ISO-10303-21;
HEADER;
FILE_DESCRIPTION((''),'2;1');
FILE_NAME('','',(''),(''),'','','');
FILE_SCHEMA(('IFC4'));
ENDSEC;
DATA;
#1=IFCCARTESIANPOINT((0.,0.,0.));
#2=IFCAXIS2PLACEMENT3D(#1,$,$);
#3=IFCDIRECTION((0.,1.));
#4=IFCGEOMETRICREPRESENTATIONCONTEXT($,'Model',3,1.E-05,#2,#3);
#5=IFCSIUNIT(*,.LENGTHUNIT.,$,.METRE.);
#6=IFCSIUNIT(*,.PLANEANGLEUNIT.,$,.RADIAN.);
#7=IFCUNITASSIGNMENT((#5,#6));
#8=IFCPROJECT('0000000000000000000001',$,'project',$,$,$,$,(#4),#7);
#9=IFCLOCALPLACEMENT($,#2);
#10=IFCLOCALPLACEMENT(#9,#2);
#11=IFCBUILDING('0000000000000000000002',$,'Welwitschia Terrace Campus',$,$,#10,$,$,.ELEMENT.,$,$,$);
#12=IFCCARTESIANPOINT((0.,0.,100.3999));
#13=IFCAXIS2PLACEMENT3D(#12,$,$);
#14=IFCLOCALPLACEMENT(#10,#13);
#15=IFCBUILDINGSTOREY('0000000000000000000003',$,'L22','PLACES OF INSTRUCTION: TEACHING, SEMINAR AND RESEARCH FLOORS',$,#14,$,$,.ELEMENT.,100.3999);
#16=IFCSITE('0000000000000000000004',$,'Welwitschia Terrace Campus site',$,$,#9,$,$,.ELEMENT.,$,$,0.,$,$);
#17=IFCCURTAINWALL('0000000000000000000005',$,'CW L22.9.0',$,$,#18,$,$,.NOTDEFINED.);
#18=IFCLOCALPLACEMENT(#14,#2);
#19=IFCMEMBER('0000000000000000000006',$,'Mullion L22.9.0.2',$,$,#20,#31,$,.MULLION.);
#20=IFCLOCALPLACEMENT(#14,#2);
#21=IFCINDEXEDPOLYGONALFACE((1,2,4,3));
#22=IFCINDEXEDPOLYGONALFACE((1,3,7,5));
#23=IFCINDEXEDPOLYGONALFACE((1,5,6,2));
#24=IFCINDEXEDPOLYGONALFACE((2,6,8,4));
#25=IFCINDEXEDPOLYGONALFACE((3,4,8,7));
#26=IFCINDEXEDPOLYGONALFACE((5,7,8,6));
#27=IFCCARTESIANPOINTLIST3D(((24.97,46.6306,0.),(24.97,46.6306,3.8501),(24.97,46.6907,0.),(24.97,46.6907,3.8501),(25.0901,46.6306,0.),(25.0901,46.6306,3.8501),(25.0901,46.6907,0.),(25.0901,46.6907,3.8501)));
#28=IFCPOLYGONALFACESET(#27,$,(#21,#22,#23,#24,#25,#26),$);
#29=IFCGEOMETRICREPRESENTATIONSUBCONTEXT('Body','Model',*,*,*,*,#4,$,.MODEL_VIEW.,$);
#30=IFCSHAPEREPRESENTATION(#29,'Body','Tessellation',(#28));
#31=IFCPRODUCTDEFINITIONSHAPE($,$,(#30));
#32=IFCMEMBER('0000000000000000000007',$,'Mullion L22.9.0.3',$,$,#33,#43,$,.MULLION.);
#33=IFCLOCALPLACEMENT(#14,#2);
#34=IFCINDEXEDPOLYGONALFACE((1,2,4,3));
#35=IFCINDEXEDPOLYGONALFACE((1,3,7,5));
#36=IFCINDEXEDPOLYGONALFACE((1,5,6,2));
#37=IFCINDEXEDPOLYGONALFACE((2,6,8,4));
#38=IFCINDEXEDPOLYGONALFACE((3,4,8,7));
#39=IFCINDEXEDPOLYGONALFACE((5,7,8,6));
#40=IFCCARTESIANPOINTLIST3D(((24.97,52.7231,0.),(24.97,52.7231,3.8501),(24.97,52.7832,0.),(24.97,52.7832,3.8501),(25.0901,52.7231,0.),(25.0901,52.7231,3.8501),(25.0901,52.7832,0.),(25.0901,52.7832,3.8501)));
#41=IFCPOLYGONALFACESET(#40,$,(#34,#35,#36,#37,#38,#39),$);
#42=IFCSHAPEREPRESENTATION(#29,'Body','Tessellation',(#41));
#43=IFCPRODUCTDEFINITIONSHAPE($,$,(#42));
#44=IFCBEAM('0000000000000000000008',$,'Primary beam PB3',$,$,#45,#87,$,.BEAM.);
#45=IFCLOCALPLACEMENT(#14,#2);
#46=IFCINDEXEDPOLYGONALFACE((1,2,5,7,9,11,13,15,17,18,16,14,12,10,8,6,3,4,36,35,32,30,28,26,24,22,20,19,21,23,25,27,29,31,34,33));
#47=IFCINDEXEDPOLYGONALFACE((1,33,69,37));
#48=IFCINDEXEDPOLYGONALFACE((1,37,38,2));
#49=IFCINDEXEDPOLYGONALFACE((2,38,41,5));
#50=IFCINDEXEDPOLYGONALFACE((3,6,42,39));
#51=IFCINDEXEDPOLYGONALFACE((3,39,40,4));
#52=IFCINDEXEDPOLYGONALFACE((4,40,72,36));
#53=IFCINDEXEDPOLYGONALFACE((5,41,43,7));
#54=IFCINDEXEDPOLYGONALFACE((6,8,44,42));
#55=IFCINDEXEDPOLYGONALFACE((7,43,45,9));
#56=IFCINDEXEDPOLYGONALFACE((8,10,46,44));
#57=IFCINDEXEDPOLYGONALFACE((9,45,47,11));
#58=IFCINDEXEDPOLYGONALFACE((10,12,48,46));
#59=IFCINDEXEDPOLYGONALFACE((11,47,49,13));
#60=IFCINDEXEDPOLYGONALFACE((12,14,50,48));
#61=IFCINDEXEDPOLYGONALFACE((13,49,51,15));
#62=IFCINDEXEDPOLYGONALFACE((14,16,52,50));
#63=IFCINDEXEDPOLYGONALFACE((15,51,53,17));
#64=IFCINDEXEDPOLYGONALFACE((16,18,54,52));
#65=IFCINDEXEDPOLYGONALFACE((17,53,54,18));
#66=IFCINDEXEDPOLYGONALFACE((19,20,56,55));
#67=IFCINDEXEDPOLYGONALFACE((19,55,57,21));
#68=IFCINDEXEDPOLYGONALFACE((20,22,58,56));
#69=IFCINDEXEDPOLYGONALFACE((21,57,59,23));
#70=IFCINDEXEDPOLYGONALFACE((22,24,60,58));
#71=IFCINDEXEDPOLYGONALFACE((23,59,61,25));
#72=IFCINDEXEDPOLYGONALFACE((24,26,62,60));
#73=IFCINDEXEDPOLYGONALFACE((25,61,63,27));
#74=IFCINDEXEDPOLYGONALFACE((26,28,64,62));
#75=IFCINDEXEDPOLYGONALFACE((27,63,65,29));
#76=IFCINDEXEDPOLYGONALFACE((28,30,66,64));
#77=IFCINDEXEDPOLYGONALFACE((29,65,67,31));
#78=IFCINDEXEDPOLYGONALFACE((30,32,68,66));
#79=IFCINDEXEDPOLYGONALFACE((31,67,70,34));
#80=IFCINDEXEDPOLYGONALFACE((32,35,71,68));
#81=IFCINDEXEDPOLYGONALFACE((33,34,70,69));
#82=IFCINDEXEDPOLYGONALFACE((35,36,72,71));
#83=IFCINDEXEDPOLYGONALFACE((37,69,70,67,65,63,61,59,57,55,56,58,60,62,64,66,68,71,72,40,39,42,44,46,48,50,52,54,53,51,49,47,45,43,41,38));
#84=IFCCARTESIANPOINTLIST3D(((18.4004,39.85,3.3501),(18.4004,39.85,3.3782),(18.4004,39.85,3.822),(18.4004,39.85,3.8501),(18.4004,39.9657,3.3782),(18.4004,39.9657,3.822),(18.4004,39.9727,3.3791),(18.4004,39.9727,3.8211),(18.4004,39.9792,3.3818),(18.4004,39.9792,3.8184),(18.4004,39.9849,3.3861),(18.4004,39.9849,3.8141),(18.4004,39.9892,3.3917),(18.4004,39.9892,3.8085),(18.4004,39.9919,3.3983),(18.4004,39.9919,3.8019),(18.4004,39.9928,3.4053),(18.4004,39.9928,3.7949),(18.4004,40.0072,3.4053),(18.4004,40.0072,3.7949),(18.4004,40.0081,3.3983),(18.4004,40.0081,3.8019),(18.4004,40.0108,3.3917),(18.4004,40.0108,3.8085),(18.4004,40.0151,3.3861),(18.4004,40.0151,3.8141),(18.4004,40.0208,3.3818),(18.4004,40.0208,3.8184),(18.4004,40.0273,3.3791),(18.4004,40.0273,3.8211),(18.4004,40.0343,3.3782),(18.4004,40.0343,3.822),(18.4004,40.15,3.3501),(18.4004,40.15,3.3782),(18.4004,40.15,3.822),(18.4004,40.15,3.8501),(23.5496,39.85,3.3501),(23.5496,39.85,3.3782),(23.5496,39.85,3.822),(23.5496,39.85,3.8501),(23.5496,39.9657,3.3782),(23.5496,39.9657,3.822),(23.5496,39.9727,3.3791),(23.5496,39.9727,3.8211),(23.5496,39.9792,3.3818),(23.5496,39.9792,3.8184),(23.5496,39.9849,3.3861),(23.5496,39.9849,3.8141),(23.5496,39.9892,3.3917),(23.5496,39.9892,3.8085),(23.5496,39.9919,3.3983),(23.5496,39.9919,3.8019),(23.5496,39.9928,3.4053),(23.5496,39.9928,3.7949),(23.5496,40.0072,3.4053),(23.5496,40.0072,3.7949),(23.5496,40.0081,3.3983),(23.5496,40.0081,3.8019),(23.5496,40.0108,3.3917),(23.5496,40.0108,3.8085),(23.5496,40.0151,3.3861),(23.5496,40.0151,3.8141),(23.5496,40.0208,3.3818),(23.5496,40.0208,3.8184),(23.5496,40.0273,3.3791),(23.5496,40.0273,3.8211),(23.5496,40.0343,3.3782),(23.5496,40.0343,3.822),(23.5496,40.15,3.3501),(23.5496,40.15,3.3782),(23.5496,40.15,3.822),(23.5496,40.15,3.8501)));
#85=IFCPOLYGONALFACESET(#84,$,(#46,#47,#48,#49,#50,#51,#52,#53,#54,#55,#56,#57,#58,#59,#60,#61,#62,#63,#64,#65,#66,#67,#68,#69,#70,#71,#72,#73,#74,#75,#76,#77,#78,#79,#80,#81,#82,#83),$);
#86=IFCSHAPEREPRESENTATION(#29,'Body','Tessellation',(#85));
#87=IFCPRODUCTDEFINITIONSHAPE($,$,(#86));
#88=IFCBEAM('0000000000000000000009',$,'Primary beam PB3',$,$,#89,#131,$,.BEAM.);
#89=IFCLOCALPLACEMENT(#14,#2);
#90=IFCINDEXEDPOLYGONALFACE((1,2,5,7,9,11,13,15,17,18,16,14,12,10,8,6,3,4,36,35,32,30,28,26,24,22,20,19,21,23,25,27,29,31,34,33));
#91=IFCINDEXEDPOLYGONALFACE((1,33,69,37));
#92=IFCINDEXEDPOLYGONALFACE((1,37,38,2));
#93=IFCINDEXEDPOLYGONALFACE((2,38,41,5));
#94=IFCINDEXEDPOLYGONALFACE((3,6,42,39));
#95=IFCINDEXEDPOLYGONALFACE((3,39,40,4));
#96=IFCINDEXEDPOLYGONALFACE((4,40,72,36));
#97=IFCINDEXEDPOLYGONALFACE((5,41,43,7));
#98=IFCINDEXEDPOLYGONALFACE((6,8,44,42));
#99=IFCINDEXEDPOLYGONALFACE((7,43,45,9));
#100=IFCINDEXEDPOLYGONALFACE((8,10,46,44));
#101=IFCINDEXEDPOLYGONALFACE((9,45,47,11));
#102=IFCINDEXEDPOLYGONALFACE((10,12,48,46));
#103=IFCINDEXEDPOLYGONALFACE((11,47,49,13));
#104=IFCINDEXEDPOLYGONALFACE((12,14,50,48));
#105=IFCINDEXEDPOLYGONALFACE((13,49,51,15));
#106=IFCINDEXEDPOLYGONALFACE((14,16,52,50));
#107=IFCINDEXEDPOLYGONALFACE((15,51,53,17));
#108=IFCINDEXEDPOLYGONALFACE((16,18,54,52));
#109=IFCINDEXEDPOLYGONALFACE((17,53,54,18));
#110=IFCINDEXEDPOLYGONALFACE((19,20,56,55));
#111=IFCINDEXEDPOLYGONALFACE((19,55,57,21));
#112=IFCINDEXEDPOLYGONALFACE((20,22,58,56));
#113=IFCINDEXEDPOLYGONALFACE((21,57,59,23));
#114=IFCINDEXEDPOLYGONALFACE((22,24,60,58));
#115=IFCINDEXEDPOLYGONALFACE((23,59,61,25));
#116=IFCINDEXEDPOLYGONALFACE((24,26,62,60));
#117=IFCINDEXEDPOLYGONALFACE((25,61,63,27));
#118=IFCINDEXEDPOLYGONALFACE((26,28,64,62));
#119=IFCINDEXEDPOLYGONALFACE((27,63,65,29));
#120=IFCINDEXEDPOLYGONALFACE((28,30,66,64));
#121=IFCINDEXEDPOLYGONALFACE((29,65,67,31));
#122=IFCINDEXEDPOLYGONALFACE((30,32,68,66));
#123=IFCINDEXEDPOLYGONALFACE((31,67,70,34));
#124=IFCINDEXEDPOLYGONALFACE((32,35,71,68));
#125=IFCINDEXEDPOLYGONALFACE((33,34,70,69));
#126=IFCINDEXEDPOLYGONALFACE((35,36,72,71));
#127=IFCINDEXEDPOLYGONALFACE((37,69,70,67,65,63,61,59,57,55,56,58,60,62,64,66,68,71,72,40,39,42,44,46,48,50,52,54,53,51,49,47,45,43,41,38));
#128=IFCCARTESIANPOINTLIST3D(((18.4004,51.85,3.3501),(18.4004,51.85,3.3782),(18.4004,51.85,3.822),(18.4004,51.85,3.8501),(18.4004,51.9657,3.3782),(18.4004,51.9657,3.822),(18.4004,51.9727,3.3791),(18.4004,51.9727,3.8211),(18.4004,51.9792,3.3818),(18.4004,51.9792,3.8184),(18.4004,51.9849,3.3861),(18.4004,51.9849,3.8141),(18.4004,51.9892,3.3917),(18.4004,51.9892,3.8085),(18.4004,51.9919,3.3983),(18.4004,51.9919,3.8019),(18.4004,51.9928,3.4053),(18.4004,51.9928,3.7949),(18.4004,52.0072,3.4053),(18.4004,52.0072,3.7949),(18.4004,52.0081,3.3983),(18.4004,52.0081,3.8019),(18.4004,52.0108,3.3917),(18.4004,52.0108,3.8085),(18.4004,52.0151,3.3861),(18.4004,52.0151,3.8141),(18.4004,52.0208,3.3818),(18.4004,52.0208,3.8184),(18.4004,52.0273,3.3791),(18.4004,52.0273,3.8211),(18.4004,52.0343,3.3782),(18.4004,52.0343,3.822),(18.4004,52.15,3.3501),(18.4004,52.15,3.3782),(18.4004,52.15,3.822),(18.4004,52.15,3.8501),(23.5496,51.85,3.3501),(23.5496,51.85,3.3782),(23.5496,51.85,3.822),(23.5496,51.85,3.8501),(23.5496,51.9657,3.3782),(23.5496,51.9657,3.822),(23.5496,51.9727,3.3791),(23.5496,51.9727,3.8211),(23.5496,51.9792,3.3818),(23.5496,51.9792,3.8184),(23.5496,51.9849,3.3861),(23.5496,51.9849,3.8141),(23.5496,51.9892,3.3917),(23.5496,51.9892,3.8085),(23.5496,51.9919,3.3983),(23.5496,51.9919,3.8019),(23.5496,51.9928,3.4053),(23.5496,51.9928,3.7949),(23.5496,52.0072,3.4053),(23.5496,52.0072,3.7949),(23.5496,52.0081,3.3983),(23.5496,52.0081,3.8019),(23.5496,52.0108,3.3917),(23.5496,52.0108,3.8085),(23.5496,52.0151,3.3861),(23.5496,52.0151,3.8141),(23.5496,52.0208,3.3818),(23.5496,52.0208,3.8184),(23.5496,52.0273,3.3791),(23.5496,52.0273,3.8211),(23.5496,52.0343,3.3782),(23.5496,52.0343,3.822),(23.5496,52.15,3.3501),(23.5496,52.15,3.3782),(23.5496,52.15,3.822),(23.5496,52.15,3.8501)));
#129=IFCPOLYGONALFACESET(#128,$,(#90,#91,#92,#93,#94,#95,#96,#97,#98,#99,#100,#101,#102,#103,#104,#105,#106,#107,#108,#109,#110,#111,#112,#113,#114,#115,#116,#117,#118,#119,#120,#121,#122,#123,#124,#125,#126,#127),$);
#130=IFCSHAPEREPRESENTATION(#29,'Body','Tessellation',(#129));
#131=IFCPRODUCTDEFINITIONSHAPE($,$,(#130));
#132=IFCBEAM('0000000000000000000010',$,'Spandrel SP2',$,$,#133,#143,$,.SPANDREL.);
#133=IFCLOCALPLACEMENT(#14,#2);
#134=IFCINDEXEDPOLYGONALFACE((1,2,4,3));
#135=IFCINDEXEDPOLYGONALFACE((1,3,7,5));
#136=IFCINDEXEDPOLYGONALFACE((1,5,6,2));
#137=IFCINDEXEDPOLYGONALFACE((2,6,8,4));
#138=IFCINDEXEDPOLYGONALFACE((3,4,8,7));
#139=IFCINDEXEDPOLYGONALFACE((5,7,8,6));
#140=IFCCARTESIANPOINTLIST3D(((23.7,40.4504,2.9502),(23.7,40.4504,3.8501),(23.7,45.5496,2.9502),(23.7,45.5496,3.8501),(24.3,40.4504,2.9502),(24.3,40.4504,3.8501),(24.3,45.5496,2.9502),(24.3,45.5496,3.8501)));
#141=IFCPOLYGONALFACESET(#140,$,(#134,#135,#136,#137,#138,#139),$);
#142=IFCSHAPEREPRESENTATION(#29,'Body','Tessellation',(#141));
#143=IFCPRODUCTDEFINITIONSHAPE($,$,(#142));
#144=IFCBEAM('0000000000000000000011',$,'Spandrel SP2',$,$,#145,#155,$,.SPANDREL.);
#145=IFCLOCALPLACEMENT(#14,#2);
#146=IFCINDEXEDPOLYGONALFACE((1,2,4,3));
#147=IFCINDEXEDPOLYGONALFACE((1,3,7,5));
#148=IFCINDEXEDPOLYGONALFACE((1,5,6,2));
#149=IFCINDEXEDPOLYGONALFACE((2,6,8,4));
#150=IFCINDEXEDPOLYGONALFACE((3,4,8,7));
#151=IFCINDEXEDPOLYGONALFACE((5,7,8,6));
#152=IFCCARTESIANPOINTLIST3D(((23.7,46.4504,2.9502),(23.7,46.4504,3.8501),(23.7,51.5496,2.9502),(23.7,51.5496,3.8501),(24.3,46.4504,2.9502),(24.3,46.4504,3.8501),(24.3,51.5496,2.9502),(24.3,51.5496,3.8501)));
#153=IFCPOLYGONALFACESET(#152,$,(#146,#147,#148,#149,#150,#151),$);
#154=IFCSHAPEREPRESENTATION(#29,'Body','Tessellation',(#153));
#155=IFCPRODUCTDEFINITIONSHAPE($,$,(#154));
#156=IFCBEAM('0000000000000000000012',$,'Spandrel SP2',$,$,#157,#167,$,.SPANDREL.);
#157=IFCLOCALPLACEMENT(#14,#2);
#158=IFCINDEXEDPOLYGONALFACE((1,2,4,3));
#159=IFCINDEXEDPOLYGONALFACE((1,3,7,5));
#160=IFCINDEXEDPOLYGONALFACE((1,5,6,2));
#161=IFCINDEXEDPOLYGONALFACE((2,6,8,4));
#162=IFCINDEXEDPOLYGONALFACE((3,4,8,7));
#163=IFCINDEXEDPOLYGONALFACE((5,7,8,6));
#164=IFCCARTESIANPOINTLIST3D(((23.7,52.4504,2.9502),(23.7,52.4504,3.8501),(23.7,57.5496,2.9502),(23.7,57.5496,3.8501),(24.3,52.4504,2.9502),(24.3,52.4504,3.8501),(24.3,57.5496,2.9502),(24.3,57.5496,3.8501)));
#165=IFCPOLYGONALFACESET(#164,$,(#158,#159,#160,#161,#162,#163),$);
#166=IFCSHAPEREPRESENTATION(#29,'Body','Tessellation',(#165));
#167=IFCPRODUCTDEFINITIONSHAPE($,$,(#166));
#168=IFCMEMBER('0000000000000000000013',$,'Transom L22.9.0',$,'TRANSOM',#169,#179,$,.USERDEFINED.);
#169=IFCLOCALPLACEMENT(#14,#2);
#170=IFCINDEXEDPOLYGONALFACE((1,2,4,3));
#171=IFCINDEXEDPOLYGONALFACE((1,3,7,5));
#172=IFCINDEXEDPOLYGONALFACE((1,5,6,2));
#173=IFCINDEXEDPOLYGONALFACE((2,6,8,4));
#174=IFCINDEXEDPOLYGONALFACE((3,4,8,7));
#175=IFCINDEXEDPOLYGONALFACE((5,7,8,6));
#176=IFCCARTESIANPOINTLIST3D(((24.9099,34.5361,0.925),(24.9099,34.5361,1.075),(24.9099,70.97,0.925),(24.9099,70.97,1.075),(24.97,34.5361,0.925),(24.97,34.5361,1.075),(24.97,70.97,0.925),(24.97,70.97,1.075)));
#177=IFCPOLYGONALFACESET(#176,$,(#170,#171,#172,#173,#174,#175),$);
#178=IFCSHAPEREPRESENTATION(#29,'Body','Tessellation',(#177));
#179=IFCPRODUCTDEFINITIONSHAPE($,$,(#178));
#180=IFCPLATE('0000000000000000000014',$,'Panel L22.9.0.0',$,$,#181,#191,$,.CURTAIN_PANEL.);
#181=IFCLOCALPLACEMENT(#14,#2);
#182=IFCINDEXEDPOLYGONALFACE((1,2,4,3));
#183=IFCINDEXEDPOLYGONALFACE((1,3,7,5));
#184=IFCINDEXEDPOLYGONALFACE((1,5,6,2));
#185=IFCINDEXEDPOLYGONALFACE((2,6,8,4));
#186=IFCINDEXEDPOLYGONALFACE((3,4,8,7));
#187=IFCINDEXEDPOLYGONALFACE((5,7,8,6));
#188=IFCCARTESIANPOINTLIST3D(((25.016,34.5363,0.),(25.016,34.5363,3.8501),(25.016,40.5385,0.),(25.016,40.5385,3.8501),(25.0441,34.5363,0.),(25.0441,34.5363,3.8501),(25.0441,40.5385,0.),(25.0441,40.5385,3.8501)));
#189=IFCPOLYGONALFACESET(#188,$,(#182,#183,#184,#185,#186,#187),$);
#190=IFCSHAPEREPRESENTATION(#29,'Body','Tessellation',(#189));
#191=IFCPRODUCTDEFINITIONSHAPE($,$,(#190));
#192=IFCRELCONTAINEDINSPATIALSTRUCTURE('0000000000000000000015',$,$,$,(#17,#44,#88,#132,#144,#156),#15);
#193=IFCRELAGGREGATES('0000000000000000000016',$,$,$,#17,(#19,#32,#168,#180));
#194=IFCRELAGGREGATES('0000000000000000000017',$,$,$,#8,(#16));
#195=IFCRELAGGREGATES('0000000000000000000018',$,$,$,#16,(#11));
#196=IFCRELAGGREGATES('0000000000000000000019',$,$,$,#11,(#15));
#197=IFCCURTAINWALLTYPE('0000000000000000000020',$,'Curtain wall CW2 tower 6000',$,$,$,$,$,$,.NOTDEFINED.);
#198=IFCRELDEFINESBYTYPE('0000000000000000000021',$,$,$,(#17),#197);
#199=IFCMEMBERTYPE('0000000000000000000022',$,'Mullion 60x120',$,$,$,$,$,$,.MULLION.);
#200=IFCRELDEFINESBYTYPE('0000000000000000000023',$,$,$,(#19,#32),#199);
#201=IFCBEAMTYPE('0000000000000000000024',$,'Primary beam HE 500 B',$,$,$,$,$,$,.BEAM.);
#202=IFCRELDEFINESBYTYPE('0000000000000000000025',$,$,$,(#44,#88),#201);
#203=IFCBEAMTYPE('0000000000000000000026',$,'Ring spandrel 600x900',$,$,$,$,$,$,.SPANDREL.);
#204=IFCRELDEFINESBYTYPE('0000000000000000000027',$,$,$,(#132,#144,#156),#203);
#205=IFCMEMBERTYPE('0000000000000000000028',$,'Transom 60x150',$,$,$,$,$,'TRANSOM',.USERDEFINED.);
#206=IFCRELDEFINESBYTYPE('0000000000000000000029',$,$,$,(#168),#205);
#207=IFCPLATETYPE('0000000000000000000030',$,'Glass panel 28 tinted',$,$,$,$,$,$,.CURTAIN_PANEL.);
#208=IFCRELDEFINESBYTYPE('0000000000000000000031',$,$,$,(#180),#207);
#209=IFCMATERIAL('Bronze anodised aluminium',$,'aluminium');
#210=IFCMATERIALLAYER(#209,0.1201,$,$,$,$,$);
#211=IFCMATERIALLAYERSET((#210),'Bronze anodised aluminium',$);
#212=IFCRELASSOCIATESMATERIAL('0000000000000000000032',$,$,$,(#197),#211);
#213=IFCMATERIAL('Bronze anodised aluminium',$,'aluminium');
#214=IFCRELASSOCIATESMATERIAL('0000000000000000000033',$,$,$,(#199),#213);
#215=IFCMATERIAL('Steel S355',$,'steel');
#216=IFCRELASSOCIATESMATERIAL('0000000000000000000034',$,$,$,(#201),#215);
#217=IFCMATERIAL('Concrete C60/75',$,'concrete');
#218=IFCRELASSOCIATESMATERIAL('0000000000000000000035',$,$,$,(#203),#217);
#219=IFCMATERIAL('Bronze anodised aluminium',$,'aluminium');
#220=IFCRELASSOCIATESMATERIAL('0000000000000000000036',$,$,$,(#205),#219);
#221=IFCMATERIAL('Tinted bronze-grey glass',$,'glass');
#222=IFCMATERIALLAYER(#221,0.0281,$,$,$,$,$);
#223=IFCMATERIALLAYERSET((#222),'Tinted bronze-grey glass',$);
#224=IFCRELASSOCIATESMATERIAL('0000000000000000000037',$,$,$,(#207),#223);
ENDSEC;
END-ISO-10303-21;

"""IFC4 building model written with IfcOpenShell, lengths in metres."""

from ifc_helpers import new_model, si_unit, direction, frame, origin, origin_2d, place, context, subcontext, project, spatial, rectangle, i_section, extrude, material, layer, layer_set, material_profile, profile_set, type_object, element, aggregate, save


model = new_model("IFC4")

# Units and contexts
model_context = context("Model", 3, precision=1e-05, world=origin(), true_north=direction((0.0, 1.0)))
body_context = subcontext(model_context, "Body", "Model", "MODEL_VIEW")
ifc_project = project(units=[si_unit("LENGTHUNIT", "METRE"), si_unit("PLANEANGLEUNIT", "RADIAN")], contexts=[model_context])

# Site, building, storey
site_placement = place(None, origin())
site = spatial("IfcSite", under=ifc_project, at=site_placement, Name="Welwitschia Terrace Campus site", CompositionType="ELEMENT", RefElevation=0.0)
building_placement = place(site_placement, origin())
building = spatial("IfcBuilding", under=site, at=building_placement, Name="Welwitschia Terrace Campus", CompositionType="ELEMENT")
storey_placement = place(building_placement, frame((0.0, 0.0, 100.3999)))
storey = spatial("IfcBuildingStorey", under=building, at=storey_placement, Name="L22", Description="PLACES OF INSTRUCTION: TEACHING, SEMINAR AND RESEARCH FLOORS", CompositionType="ELEMENT", Elevation=100.3999)

# Curtain wall, members
ifc_material_1 = material(Name="Bronze anodised aluminium", Category="aluminium")
ifc_layer_1 = layer(ifc_material_1, 0.1201)
ifc_layer_set_1 = layer_set([ifc_layer_1], Name="Bronze anodised aluminium")
curtain_wall_type = type_object("IfcCurtainWallType", Name="Curtain wall CW2 tower 6000", PredefinedType="NOTDEFINED", material=ifc_layer_set_1)
curtain_wall_placement = place(storey_placement, origin())
curtain_wall = element("IfcCurtainWall", 1, at=curtain_wall_placement, inside=storey, type_object=curtain_wall_type, Name="CW L22.9.0", PredefinedType="NOTDEFINED")
ifc_material_2 = material(Name="Bronze anodised aluminium", Category="aluminium")
ifc_material_profile_1 = material_profile(ifc_material_2, rectangle(XDim=0.1201, YDim=0.0601, at=origin_2d()))
ifc_profile_set_1 = profile_set([ifc_material_profile_1], Name="Bronze anodised aluminium")
member_type_1 = type_object("IfcMemberType", Name="Mullion 60x120", PredefinedType="MULLION", material=ifc_profile_set_1)
member_1_placement = place(storey_placement, frame((25.03, 46.6606, 0.0), z_axis=(0.0, 0.0, 1.0), x_axis=(-1.0, 0.0, 0.0)))
member_1 = element("IfcMember", 2, at=member_1_placement, type_object=member_type_1, Name="Mullion L22.9.0.2", PredefinedType="MULLION", context=body_context, shape_type="SweptSolid", body=[
    extrude(rectangle(XDim=0.1201, YDim=0.0601, at=origin_2d()), origin(), (0.0, 0.0, 1.0), 3.8501),
])
member_2_placement = place(storey_placement, frame((25.03, 52.7532, 0.0), z_axis=(0.0, 0.0, 1.0), x_axis=(-1.0, 0.0, 0.0)))
member_2 = element("IfcMember", 3, at=member_2_placement, type_object=member_type_1, Name="Mullion L22.9.0.3", PredefinedType="MULLION", context=body_context, shape_type="SweptSolid", body=[
    extrude(rectangle(XDim=0.1201, YDim=0.0601, at=origin_2d()), origin(), (0.0, 0.0, 1.0), 3.8501),
])

# Beams
ifc_material_3 = material(Name="Steel S355", Category="steel")
ifc_material_profile_2 = material_profile(ifc_material_3, i_section(OverallWidth=0.3, OverallDepth=0.5, WebThickness=0.0144, FlangeThickness=0.0281, FilletRadius=0.0271, at=origin_2d()))
ifc_profile_set_2 = profile_set([ifc_material_profile_2], Name="Steel S355")
beam_type_1 = type_object("IfcBeamType", Name="Primary beam HE 500 B", PredefinedType="BEAM", material=ifc_profile_set_2)
for number, where, z_axis, x_axis, name in (
    (4, (23.5496, 40.0, 3.6001), (-1.0, 0.0, 0.0), (0.0, -1.0, 0.0), "Primary beam PB3"),
    (5, (23.5496, 52.0, 3.6001), (-1.0, 0.0, 0.0), (0.0, -1.0, 0.0), "Primary beam PB3"),
):
    element("IfcBeam", number, at=place(storey_placement, frame(where, z_axis=z_axis, x_axis=x_axis)), inside=storey, type_object=beam_type_1, Name=name, PredefinedType="BEAM", context=body_context, shape_type="SweptSolid", body=[
        extrude(i_section(OverallWidth=0.3, OverallDepth=0.5, WebThickness=0.0144, FlangeThickness=0.0281, FilletRadius=0.0271, at=origin_2d()), origin(), (0.0, 0.0, 1.0), 5.1492),
    ])
ifc_material_4 = material(Name="Concrete C60/75", Category="concrete")
ifc_material_profile_3 = material_profile(ifc_material_4, rectangle(XDim=0.6001, YDim=0.8999, at=origin_2d()))
ifc_profile_set_3 = profile_set([ifc_material_profile_3], Name="Concrete C60/75")
beam_type_2 = type_object("IfcBeamType", Name="Ring spandrel 600x900", PredefinedType="SPANDREL", material=ifc_profile_set_3)
for number, where, z_axis, x_axis, name in (
    (6, (24.0, 40.4504, 3.4001), (0.0, 1.0, 0.0), (-1.0, 0.0, 0.0), "Spandrel SP2"),
    (7, (24.0, 46.4504, 3.4001), (0.0, 1.0, 0.0), (-1.0, 0.0, 0.0), "Spandrel SP2"),
    (8, (24.0, 52.4504, 3.4001), (0.0, 1.0, 0.0), (-1.0, 0.0, 0.0), "Spandrel SP2"),
):
    element("IfcBeam", number, at=place(storey_placement, frame(where, z_axis=z_axis, x_axis=x_axis)), inside=storey, type_object=beam_type_2, Name=name, PredefinedType="SPANDREL", context=body_context, shape_type="SweptSolid", body=[
        extrude(rectangle(XDim=0.6001, YDim=0.8999, at=origin_2d()), origin(), (0.0, 0.0, 1.0), 5.0991),
    ])

# Member
ifc_material_5 = material(Name="Bronze anodised aluminium", Category="aluminium")
ifc_material_profile_4 = material_profile(ifc_material_5, rectangle(XDim=0.0601, YDim=0.1499, at=origin_2d()))
ifc_profile_set_4 = profile_set([ifc_material_profile_4], Name="Bronze anodised aluminium")
member_type_2 = type_object("IfcMemberType", Name="Transom 60x150", ElementType="TRANSOM", PredefinedType="USERDEFINED", material=ifc_profile_set_4)
member_3_placement = place(storey_placement, frame((24.9399, 34.5361, 1.0), z_axis=(0.0, 1.0, 0.0), x_axis=(-1.0, 0.0, 0.0)))
member_3 = element("IfcMember", 9, at=member_3_placement, type_object=member_type_2, Name="Transom L22.9.0", ObjectType="TRANSOM", PredefinedType="USERDEFINED", context=body_context, shape_type="SweptSolid", body=[
    extrude(rectangle(XDim=0.0601, YDim=0.1499, at=origin_2d()), origin(), (0.0, 0.0, 1.0), 36.4338),
])

# Plate
ifc_material_6 = material(Name="Tinted bronze-grey glass", Category="glass")
ifc_layer_2 = layer(ifc_material_6, 0.0281)
ifc_layer_set_2 = layer_set([ifc_layer_2], Name="Tinted bronze-grey glass")
plate_type = type_object("IfcPlateType", Name="Glass panel 28 tinted", PredefinedType="CURTAIN_PANEL", material=ifc_layer_set_2)
plate_1_placement = place(storey_placement, frame((25.03, 37.5374, 0.0), z_axis=(0.0, 0.0, 1.0), x_axis=(0.0, 1.0, 0.0)))
plate_1 = element("IfcPlate", 10, at=plate_1_placement, type_object=plate_type, Name="Panel L22.9.0.0", PredefinedType="CURTAIN_PANEL", context=body_context, shape_type="SweptSolid", body=[
    extrude(rectangle(XDim=6.0022, YDim=0.0281, at=origin_2d()), origin(), (0.0, 0.0, 1.0), 3.8501),
])
aggregate(curtain_wall, [member_1, member_2, member_3, plate_1])

save(model, "model.ifc")
